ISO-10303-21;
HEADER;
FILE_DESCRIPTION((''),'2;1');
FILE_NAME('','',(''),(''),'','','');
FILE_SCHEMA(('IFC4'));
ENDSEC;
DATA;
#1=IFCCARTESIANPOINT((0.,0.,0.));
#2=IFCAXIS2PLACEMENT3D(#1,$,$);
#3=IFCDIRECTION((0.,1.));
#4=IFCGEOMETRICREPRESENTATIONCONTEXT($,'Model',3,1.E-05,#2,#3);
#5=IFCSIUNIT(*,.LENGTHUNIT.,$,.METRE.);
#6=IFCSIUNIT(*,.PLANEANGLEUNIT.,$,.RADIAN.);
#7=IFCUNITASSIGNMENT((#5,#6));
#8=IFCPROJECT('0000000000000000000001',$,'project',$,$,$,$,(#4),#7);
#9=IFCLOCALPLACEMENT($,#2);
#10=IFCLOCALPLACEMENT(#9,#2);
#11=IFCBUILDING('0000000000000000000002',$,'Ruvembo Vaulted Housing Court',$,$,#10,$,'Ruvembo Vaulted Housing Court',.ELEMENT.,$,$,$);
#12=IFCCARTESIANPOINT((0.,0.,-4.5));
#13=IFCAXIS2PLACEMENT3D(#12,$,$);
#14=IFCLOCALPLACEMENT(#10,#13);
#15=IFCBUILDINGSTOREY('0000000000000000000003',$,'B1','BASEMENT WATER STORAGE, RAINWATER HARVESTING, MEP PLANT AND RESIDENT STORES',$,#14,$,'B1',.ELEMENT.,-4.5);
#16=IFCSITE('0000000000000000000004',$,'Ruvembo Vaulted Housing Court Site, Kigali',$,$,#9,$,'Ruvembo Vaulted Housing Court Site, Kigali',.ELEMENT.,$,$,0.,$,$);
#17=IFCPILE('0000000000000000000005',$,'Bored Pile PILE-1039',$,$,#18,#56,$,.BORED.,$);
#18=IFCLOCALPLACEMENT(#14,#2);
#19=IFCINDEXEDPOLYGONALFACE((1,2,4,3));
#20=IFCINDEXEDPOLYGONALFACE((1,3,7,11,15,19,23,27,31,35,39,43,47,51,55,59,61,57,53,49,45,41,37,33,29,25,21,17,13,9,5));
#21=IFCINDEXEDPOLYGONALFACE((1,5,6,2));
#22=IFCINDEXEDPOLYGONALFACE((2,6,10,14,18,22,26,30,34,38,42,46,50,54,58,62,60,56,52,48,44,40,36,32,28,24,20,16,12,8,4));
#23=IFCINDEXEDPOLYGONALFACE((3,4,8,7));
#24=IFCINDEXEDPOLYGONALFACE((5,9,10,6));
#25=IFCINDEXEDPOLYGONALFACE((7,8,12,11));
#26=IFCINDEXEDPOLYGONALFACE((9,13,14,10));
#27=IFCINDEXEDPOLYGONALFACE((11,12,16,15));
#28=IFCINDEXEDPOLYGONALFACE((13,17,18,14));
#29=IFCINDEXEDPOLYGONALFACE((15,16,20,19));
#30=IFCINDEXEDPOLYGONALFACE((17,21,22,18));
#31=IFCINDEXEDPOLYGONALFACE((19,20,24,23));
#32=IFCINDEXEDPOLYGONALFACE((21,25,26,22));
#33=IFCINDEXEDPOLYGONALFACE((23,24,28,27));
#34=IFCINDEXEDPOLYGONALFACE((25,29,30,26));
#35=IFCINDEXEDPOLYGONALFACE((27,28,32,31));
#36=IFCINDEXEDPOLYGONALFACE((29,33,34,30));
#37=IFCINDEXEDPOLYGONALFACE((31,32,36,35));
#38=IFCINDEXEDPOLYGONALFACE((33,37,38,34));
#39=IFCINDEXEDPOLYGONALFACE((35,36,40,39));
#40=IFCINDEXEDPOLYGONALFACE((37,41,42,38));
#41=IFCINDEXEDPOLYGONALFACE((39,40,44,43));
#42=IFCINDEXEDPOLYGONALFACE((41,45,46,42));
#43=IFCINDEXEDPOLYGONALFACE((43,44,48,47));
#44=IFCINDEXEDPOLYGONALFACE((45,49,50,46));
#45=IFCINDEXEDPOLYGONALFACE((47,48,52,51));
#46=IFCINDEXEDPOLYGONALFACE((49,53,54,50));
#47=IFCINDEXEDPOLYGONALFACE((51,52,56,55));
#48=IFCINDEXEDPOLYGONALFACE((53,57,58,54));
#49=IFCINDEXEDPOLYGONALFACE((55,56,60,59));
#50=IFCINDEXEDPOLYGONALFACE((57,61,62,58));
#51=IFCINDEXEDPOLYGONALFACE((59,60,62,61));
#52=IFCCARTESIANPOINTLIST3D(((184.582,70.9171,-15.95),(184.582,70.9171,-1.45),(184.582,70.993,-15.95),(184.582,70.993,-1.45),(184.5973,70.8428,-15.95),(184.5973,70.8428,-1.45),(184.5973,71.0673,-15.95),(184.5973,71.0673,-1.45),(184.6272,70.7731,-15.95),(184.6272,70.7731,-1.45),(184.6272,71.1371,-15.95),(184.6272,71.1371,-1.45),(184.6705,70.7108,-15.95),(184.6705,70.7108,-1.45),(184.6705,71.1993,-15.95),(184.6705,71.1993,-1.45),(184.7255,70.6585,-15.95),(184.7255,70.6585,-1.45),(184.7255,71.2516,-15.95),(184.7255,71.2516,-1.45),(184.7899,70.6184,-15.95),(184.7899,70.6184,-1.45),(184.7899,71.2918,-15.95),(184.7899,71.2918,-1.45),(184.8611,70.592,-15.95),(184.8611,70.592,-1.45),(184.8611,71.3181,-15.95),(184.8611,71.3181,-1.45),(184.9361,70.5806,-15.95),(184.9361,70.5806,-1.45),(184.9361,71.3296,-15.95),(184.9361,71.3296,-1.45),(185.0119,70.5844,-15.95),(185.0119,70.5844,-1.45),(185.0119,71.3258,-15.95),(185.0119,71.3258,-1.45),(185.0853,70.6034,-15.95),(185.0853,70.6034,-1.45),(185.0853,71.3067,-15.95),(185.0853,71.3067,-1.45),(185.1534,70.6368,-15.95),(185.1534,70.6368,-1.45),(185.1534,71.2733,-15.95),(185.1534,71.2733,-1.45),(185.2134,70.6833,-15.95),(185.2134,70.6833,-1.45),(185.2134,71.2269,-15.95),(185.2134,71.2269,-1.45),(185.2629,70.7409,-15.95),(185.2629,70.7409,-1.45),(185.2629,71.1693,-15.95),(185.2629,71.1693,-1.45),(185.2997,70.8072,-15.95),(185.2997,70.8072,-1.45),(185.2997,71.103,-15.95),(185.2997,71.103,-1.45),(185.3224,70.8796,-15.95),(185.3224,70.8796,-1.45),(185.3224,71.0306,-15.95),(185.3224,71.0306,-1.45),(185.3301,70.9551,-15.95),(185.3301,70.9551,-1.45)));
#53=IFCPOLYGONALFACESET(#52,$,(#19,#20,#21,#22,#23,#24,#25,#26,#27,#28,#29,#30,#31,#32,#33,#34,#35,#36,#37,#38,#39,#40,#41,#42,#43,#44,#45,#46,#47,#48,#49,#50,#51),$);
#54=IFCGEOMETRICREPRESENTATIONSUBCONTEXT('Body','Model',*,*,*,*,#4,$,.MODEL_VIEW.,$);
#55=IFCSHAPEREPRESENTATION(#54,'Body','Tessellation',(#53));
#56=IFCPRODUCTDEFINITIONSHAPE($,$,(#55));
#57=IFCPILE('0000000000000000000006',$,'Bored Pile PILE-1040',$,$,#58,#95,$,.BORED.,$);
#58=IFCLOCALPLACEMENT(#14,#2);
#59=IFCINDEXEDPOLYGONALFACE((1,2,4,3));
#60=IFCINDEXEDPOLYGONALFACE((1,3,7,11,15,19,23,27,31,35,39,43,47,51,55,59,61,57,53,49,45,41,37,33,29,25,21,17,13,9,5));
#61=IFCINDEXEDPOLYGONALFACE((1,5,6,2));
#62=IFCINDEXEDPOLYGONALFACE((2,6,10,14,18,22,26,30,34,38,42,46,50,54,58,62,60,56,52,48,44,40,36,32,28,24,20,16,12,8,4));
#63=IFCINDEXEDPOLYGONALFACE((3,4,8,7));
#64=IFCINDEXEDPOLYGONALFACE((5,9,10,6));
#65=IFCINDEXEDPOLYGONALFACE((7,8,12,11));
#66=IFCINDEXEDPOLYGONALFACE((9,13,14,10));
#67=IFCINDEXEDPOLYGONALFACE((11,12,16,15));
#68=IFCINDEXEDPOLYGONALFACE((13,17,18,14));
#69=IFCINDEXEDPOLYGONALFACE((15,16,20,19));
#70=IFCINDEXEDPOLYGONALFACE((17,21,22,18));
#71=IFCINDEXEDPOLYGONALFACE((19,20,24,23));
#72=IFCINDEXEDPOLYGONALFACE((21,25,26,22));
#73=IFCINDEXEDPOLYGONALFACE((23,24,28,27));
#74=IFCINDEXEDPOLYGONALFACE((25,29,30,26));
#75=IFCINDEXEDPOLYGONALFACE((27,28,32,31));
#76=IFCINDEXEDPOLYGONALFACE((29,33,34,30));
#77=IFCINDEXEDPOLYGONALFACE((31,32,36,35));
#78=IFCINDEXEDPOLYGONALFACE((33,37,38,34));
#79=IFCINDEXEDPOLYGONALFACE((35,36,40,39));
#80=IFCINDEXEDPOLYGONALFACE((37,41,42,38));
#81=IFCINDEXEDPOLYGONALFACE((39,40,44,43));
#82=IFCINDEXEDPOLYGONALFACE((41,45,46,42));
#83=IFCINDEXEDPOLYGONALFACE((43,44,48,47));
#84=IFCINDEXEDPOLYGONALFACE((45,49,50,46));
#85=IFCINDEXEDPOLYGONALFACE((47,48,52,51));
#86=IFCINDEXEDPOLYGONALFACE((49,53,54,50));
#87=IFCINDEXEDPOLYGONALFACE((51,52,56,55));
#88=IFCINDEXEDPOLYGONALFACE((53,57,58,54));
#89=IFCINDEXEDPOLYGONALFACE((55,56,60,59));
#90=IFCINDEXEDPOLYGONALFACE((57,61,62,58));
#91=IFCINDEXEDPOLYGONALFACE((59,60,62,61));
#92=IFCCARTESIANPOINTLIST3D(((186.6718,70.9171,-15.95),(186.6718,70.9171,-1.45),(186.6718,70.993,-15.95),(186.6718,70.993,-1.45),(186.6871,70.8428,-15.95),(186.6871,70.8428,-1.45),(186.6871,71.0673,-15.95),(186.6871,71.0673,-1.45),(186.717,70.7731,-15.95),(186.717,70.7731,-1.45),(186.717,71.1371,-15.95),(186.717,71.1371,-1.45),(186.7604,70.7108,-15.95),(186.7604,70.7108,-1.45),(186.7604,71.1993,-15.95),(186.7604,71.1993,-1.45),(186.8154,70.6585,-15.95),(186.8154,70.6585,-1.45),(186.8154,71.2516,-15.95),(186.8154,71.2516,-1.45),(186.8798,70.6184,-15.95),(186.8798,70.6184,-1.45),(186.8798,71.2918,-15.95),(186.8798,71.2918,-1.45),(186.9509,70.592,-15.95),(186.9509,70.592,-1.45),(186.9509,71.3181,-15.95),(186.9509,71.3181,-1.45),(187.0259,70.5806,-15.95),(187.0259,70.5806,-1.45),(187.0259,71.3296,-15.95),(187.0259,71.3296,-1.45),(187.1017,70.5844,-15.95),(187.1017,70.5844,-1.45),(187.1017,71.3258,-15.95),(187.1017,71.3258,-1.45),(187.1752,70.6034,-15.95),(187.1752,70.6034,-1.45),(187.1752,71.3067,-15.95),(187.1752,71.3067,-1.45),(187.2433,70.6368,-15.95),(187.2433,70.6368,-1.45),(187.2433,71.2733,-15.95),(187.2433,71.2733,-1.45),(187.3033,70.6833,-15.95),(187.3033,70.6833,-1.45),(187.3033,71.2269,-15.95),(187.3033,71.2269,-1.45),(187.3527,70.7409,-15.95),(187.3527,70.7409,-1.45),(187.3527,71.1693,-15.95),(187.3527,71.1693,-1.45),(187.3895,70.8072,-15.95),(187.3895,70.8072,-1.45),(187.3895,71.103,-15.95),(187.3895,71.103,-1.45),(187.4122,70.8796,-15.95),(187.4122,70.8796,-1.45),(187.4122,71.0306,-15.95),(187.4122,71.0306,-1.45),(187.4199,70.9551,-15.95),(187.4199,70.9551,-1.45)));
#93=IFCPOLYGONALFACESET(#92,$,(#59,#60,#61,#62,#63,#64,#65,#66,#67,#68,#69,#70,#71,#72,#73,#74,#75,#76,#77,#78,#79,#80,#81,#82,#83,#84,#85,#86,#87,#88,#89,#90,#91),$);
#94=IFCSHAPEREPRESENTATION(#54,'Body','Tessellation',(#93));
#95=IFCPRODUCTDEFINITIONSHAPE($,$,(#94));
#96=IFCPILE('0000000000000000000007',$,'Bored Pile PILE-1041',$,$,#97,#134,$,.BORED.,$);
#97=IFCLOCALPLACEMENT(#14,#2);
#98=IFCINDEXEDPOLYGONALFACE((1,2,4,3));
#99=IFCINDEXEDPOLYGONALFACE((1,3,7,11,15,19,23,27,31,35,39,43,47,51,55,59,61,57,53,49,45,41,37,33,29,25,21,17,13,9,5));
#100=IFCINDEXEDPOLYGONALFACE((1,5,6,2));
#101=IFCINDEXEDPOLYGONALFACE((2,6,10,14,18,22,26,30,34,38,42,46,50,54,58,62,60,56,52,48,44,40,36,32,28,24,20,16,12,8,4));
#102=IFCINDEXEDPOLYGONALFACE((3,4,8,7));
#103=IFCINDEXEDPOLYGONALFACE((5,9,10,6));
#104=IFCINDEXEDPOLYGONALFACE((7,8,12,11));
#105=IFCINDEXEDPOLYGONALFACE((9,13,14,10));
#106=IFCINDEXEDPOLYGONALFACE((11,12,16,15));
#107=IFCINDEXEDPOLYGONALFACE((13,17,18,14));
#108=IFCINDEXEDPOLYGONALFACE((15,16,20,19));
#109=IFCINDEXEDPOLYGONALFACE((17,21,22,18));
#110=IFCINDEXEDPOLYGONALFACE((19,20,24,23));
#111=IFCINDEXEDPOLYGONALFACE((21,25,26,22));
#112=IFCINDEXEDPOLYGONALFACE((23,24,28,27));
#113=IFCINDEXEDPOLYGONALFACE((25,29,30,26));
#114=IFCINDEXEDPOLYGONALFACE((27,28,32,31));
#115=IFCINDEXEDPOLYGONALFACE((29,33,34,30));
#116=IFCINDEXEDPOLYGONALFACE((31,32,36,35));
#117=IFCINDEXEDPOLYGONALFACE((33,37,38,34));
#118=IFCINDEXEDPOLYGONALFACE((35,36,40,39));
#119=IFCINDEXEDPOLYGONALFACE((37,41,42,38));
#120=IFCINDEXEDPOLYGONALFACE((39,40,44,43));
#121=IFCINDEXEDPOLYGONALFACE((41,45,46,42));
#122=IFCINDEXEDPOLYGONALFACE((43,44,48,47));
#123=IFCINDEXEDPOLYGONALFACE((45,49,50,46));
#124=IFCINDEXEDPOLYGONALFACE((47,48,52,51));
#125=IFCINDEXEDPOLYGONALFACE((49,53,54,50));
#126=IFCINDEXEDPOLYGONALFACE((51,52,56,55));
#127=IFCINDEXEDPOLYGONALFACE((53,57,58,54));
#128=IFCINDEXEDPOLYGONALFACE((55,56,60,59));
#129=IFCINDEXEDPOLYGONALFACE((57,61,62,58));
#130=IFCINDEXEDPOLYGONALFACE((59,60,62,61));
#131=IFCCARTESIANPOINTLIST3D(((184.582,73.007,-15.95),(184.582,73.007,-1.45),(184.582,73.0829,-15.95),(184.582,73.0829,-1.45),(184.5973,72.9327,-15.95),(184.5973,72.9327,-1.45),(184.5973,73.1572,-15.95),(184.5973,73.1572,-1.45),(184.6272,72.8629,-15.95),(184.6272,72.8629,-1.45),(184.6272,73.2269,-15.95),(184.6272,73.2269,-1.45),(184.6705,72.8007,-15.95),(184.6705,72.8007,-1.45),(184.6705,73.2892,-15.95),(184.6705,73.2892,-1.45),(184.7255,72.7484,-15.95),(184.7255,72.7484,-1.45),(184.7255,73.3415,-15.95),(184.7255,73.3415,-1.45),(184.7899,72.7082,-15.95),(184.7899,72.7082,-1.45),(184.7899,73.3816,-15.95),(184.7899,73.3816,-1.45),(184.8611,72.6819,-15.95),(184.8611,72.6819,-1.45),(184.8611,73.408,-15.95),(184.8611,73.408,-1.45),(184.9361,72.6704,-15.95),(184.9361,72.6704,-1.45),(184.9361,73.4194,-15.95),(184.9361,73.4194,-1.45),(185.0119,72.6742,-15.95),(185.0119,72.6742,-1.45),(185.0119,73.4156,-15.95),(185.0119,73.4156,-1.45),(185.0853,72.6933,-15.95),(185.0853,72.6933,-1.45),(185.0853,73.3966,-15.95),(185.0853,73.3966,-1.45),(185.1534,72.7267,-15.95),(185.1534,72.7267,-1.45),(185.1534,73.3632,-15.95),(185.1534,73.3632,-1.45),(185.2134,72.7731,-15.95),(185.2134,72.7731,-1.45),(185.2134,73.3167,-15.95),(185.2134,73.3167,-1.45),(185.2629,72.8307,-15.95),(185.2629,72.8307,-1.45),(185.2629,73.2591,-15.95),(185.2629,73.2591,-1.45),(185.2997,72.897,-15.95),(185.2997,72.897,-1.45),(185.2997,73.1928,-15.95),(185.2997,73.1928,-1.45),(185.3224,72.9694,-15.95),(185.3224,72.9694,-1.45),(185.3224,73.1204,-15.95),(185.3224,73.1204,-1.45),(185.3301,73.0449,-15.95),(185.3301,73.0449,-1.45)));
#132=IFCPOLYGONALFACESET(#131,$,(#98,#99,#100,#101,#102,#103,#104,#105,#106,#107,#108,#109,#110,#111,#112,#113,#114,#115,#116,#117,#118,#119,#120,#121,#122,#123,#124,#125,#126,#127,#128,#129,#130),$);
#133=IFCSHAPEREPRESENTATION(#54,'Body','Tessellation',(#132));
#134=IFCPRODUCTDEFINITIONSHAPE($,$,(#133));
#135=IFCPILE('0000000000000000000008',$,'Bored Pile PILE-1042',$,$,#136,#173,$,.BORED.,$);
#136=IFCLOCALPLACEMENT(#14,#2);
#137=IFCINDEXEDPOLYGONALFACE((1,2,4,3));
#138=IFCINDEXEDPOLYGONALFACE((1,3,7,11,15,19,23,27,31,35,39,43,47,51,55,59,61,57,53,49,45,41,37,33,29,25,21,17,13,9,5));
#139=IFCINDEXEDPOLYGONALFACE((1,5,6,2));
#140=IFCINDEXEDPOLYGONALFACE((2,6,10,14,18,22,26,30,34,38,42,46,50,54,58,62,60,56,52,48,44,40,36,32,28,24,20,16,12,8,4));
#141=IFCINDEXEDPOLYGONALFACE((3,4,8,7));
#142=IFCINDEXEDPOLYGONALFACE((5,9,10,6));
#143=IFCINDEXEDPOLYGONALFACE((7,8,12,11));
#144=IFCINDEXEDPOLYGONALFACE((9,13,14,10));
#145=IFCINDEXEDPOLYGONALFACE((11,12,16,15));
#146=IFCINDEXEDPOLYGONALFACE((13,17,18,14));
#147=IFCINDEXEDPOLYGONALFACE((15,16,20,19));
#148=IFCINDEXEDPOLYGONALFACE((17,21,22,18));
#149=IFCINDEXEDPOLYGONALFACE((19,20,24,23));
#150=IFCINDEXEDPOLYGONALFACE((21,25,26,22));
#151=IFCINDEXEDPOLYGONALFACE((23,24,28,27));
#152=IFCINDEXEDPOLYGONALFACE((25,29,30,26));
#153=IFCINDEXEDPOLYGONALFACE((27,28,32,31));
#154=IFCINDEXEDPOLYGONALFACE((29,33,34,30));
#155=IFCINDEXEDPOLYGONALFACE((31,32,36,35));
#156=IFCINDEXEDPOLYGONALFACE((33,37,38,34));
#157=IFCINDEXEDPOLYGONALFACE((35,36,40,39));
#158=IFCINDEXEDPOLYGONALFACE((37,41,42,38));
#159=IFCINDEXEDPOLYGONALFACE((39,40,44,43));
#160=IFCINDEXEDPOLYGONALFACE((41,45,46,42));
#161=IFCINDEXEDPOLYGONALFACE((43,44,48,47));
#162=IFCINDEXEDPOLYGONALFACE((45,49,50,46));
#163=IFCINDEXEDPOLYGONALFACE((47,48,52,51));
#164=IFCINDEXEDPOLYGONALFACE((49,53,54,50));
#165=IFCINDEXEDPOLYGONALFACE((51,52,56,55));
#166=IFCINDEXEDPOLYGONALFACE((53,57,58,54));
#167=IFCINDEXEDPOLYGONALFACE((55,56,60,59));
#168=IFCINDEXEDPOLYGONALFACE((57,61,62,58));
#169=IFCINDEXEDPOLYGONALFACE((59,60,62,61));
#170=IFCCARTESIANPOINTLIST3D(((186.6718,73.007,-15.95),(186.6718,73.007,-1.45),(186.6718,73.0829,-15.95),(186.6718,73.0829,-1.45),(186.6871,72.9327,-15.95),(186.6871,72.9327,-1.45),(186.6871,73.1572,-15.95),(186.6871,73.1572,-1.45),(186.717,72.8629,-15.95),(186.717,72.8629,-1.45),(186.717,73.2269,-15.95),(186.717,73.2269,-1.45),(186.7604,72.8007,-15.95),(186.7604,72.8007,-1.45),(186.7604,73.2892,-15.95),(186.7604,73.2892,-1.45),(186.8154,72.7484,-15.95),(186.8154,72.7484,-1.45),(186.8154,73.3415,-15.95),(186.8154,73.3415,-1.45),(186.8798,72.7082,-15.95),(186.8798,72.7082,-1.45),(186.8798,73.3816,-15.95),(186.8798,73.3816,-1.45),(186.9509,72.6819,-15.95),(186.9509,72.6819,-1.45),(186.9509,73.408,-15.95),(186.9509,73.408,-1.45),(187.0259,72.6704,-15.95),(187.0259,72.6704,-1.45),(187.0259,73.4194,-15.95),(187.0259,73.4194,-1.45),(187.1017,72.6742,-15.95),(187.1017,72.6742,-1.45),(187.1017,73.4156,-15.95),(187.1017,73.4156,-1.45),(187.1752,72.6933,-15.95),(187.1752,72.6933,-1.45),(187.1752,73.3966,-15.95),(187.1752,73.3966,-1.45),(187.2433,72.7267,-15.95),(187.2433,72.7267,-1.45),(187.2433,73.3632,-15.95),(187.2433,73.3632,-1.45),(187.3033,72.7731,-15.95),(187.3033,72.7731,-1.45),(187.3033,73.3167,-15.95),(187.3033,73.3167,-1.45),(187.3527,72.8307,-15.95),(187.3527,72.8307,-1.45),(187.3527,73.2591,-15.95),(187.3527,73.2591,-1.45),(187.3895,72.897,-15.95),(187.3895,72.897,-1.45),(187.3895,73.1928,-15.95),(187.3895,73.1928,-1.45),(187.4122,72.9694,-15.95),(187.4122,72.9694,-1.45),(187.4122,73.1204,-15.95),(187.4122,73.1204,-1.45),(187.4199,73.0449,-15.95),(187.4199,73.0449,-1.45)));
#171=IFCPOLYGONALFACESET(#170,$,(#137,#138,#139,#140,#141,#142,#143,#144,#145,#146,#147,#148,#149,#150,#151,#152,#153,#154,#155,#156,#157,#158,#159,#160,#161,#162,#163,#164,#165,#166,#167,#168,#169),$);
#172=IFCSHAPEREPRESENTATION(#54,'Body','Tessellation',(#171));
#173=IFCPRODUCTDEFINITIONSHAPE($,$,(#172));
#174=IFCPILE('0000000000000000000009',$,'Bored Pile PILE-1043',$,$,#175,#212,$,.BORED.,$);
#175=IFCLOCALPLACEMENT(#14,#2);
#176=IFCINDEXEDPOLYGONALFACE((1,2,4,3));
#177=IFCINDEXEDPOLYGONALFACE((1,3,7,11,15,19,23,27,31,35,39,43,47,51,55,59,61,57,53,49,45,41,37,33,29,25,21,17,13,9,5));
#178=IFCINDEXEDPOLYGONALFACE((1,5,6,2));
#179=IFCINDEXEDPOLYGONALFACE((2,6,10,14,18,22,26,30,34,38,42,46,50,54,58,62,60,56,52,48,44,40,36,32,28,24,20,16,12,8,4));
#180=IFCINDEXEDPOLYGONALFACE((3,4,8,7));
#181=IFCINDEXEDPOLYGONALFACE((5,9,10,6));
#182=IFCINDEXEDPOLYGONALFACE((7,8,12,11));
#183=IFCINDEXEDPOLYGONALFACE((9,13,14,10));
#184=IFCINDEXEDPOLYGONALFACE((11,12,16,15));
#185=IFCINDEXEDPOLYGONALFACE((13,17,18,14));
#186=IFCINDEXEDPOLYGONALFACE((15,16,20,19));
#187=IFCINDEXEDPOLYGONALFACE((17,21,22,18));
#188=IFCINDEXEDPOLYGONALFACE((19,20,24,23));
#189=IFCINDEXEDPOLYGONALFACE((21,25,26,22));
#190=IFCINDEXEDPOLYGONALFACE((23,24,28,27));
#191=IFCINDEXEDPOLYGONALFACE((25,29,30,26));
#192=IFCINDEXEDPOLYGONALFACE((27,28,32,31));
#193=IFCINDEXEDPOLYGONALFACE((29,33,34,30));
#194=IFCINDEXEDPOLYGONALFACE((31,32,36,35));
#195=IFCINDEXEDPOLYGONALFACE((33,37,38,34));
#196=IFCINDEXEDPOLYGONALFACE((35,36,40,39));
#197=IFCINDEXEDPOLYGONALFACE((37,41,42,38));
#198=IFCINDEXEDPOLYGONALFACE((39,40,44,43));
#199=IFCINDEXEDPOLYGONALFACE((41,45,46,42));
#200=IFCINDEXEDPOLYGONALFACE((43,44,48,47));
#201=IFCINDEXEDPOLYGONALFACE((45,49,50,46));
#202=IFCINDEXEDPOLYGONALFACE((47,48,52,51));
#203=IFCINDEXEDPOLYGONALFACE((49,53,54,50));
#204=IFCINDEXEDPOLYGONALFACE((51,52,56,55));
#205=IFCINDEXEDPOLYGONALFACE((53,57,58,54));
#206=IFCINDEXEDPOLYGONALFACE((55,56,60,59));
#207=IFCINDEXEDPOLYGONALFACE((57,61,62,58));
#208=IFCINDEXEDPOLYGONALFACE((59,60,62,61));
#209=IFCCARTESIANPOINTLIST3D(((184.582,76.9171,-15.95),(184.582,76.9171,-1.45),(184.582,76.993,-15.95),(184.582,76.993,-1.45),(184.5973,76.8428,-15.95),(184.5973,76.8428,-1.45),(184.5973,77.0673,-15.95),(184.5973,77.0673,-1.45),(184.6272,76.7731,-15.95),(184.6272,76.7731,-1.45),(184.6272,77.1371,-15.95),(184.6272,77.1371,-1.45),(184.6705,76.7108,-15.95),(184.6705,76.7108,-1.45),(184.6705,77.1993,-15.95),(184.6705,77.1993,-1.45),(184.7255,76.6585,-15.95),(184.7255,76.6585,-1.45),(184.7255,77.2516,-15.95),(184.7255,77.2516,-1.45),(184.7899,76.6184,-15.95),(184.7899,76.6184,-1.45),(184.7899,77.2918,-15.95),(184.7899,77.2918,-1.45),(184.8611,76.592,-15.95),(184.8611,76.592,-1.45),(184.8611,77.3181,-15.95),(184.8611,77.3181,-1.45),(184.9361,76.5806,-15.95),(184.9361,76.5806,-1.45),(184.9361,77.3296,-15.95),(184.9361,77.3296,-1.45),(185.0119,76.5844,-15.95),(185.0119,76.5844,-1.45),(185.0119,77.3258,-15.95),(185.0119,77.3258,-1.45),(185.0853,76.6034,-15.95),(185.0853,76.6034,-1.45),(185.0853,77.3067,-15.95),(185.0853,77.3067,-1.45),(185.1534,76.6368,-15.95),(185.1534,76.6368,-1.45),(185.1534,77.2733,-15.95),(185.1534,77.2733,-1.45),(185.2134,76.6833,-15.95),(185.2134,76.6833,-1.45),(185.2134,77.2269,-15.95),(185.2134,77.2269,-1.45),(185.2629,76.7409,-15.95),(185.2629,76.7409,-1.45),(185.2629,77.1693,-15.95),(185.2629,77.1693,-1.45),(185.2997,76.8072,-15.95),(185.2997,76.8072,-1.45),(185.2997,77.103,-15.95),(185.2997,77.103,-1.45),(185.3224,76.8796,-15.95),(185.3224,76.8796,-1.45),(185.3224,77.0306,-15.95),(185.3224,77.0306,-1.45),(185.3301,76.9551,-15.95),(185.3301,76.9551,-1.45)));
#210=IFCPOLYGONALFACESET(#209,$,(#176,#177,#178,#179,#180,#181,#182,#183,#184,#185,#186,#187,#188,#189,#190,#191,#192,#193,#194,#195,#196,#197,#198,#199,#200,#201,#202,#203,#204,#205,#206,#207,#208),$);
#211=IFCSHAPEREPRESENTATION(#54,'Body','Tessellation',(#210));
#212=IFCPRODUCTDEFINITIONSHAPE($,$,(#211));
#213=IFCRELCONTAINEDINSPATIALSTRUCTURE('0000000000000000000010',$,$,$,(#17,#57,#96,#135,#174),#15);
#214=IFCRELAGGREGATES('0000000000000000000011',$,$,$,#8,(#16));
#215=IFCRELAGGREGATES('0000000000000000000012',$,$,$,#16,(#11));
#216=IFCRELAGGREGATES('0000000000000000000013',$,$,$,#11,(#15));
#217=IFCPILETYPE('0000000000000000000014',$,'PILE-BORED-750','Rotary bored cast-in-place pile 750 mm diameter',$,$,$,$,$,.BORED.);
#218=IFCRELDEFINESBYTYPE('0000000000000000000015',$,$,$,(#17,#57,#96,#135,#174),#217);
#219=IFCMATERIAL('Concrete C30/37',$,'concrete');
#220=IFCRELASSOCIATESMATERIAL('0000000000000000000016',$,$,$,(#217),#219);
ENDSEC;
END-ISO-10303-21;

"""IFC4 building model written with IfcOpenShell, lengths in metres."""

from ifc_helpers import new_model, si_unit, direction, frame, origin, origin_2d, place, context, subcontext, project, spatial, circle, extrude, material, material_profile, profile_set, type_object, element, save


model = new_model("IFC4")

# Units and contexts
model_context = context("Model", 3, precision=1e-05, world=origin(), true_north=direction((0.0, 1.0)))
body_context = subcontext(model_context, "Body", "Model", "MODEL_VIEW")
ifc_project = project(units=[si_unit("LENGTHUNIT", "METRE"), si_unit("PLANEANGLEUNIT", "RADIAN")], contexts=[model_context])

# Site, building, storey
site_placement = place(None, origin())
site = spatial("IfcSite", under=ifc_project, at=site_placement, Name="Ruvembo Vaulted Housing Court Site, Kigali", LongName="Ruvembo Vaulted Housing Court Site, Kigali", CompositionType="ELEMENT", RefElevation=0.0)
building_placement = place(site_placement, origin())
building = spatial("IfcBuilding", under=site, at=building_placement, Name="Ruvembo Vaulted Housing Court", LongName="Ruvembo Vaulted Housing Court", CompositionType="ELEMENT")
storey_placement = place(building_placement, frame((0.0, 0.0, -4.5)))
storey = spatial("IfcBuildingStorey", under=building, at=storey_placement, Name="B1", Description="BASEMENT WATER STORAGE, RAINWATER HARVESTING, MEP PLANT AND RESIDENT STORES", LongName="B1", CompositionType="ELEMENT", Elevation=-4.5)

# Piles
ifc_material_1 = material(Name="Concrete C30/37", Category="concrete")
ifc_material_profile_1 = material_profile(ifc_material_1, circle(Radius=0.375, at=origin_2d()), Name="PILE D750")
ifc_profile_set_1 = profile_set([ifc_material_profile_1], Name="Concrete C30/37")
pile_type = type_object("IfcPileType", Name="PILE-BORED-750", Description="Rotary bored cast-in-place pile 750 mm diameter", PredefinedType="BORED", material=ifc_profile_set_1)
for number, where, z_axis, x_axis, name in (
    (1, (184.9551, 70.9551, -1.45), (0.0, 0.0, -1.0), (1.0, 0.0, 0.0), "Bored Pile PILE-1039"),
    (2, (187.0449, 70.9551, -1.45), (0.0, 0.0, -1.0), (1.0, 0.0, 0.0), "Bored Pile PILE-1040"),
    (3, (184.9551, 73.0449, -1.45), (0.0, 0.0, -1.0), (1.0, 0.0, 0.0), "Bored Pile PILE-1041"),
    (4, (187.0449, 73.0449, -1.45), (0.0, 0.0, -1.0), (1.0, 0.0, 0.0), "Bored Pile PILE-1042"),
    (5, (184.9551, 76.9551, -1.45), (0.0, 0.0, -1.0), (1.0, 0.0, 0.0), "Bored Pile PILE-1043"),
):
    element("IfcPile", number, at=place(storey_placement, frame(where, z_axis=z_axis, x_axis=x_axis)), inside=storey, type_object=pile_type, Name=name, PredefinedType="BORED", context=body_context, shape_type="SweptSolid", body=[
        extrude(circle(Radius=0.375, at=origin_2d()), origin(), (0.0, 0.0, 1.0), 14.5),
    ])

save(model, "model.ifc")
